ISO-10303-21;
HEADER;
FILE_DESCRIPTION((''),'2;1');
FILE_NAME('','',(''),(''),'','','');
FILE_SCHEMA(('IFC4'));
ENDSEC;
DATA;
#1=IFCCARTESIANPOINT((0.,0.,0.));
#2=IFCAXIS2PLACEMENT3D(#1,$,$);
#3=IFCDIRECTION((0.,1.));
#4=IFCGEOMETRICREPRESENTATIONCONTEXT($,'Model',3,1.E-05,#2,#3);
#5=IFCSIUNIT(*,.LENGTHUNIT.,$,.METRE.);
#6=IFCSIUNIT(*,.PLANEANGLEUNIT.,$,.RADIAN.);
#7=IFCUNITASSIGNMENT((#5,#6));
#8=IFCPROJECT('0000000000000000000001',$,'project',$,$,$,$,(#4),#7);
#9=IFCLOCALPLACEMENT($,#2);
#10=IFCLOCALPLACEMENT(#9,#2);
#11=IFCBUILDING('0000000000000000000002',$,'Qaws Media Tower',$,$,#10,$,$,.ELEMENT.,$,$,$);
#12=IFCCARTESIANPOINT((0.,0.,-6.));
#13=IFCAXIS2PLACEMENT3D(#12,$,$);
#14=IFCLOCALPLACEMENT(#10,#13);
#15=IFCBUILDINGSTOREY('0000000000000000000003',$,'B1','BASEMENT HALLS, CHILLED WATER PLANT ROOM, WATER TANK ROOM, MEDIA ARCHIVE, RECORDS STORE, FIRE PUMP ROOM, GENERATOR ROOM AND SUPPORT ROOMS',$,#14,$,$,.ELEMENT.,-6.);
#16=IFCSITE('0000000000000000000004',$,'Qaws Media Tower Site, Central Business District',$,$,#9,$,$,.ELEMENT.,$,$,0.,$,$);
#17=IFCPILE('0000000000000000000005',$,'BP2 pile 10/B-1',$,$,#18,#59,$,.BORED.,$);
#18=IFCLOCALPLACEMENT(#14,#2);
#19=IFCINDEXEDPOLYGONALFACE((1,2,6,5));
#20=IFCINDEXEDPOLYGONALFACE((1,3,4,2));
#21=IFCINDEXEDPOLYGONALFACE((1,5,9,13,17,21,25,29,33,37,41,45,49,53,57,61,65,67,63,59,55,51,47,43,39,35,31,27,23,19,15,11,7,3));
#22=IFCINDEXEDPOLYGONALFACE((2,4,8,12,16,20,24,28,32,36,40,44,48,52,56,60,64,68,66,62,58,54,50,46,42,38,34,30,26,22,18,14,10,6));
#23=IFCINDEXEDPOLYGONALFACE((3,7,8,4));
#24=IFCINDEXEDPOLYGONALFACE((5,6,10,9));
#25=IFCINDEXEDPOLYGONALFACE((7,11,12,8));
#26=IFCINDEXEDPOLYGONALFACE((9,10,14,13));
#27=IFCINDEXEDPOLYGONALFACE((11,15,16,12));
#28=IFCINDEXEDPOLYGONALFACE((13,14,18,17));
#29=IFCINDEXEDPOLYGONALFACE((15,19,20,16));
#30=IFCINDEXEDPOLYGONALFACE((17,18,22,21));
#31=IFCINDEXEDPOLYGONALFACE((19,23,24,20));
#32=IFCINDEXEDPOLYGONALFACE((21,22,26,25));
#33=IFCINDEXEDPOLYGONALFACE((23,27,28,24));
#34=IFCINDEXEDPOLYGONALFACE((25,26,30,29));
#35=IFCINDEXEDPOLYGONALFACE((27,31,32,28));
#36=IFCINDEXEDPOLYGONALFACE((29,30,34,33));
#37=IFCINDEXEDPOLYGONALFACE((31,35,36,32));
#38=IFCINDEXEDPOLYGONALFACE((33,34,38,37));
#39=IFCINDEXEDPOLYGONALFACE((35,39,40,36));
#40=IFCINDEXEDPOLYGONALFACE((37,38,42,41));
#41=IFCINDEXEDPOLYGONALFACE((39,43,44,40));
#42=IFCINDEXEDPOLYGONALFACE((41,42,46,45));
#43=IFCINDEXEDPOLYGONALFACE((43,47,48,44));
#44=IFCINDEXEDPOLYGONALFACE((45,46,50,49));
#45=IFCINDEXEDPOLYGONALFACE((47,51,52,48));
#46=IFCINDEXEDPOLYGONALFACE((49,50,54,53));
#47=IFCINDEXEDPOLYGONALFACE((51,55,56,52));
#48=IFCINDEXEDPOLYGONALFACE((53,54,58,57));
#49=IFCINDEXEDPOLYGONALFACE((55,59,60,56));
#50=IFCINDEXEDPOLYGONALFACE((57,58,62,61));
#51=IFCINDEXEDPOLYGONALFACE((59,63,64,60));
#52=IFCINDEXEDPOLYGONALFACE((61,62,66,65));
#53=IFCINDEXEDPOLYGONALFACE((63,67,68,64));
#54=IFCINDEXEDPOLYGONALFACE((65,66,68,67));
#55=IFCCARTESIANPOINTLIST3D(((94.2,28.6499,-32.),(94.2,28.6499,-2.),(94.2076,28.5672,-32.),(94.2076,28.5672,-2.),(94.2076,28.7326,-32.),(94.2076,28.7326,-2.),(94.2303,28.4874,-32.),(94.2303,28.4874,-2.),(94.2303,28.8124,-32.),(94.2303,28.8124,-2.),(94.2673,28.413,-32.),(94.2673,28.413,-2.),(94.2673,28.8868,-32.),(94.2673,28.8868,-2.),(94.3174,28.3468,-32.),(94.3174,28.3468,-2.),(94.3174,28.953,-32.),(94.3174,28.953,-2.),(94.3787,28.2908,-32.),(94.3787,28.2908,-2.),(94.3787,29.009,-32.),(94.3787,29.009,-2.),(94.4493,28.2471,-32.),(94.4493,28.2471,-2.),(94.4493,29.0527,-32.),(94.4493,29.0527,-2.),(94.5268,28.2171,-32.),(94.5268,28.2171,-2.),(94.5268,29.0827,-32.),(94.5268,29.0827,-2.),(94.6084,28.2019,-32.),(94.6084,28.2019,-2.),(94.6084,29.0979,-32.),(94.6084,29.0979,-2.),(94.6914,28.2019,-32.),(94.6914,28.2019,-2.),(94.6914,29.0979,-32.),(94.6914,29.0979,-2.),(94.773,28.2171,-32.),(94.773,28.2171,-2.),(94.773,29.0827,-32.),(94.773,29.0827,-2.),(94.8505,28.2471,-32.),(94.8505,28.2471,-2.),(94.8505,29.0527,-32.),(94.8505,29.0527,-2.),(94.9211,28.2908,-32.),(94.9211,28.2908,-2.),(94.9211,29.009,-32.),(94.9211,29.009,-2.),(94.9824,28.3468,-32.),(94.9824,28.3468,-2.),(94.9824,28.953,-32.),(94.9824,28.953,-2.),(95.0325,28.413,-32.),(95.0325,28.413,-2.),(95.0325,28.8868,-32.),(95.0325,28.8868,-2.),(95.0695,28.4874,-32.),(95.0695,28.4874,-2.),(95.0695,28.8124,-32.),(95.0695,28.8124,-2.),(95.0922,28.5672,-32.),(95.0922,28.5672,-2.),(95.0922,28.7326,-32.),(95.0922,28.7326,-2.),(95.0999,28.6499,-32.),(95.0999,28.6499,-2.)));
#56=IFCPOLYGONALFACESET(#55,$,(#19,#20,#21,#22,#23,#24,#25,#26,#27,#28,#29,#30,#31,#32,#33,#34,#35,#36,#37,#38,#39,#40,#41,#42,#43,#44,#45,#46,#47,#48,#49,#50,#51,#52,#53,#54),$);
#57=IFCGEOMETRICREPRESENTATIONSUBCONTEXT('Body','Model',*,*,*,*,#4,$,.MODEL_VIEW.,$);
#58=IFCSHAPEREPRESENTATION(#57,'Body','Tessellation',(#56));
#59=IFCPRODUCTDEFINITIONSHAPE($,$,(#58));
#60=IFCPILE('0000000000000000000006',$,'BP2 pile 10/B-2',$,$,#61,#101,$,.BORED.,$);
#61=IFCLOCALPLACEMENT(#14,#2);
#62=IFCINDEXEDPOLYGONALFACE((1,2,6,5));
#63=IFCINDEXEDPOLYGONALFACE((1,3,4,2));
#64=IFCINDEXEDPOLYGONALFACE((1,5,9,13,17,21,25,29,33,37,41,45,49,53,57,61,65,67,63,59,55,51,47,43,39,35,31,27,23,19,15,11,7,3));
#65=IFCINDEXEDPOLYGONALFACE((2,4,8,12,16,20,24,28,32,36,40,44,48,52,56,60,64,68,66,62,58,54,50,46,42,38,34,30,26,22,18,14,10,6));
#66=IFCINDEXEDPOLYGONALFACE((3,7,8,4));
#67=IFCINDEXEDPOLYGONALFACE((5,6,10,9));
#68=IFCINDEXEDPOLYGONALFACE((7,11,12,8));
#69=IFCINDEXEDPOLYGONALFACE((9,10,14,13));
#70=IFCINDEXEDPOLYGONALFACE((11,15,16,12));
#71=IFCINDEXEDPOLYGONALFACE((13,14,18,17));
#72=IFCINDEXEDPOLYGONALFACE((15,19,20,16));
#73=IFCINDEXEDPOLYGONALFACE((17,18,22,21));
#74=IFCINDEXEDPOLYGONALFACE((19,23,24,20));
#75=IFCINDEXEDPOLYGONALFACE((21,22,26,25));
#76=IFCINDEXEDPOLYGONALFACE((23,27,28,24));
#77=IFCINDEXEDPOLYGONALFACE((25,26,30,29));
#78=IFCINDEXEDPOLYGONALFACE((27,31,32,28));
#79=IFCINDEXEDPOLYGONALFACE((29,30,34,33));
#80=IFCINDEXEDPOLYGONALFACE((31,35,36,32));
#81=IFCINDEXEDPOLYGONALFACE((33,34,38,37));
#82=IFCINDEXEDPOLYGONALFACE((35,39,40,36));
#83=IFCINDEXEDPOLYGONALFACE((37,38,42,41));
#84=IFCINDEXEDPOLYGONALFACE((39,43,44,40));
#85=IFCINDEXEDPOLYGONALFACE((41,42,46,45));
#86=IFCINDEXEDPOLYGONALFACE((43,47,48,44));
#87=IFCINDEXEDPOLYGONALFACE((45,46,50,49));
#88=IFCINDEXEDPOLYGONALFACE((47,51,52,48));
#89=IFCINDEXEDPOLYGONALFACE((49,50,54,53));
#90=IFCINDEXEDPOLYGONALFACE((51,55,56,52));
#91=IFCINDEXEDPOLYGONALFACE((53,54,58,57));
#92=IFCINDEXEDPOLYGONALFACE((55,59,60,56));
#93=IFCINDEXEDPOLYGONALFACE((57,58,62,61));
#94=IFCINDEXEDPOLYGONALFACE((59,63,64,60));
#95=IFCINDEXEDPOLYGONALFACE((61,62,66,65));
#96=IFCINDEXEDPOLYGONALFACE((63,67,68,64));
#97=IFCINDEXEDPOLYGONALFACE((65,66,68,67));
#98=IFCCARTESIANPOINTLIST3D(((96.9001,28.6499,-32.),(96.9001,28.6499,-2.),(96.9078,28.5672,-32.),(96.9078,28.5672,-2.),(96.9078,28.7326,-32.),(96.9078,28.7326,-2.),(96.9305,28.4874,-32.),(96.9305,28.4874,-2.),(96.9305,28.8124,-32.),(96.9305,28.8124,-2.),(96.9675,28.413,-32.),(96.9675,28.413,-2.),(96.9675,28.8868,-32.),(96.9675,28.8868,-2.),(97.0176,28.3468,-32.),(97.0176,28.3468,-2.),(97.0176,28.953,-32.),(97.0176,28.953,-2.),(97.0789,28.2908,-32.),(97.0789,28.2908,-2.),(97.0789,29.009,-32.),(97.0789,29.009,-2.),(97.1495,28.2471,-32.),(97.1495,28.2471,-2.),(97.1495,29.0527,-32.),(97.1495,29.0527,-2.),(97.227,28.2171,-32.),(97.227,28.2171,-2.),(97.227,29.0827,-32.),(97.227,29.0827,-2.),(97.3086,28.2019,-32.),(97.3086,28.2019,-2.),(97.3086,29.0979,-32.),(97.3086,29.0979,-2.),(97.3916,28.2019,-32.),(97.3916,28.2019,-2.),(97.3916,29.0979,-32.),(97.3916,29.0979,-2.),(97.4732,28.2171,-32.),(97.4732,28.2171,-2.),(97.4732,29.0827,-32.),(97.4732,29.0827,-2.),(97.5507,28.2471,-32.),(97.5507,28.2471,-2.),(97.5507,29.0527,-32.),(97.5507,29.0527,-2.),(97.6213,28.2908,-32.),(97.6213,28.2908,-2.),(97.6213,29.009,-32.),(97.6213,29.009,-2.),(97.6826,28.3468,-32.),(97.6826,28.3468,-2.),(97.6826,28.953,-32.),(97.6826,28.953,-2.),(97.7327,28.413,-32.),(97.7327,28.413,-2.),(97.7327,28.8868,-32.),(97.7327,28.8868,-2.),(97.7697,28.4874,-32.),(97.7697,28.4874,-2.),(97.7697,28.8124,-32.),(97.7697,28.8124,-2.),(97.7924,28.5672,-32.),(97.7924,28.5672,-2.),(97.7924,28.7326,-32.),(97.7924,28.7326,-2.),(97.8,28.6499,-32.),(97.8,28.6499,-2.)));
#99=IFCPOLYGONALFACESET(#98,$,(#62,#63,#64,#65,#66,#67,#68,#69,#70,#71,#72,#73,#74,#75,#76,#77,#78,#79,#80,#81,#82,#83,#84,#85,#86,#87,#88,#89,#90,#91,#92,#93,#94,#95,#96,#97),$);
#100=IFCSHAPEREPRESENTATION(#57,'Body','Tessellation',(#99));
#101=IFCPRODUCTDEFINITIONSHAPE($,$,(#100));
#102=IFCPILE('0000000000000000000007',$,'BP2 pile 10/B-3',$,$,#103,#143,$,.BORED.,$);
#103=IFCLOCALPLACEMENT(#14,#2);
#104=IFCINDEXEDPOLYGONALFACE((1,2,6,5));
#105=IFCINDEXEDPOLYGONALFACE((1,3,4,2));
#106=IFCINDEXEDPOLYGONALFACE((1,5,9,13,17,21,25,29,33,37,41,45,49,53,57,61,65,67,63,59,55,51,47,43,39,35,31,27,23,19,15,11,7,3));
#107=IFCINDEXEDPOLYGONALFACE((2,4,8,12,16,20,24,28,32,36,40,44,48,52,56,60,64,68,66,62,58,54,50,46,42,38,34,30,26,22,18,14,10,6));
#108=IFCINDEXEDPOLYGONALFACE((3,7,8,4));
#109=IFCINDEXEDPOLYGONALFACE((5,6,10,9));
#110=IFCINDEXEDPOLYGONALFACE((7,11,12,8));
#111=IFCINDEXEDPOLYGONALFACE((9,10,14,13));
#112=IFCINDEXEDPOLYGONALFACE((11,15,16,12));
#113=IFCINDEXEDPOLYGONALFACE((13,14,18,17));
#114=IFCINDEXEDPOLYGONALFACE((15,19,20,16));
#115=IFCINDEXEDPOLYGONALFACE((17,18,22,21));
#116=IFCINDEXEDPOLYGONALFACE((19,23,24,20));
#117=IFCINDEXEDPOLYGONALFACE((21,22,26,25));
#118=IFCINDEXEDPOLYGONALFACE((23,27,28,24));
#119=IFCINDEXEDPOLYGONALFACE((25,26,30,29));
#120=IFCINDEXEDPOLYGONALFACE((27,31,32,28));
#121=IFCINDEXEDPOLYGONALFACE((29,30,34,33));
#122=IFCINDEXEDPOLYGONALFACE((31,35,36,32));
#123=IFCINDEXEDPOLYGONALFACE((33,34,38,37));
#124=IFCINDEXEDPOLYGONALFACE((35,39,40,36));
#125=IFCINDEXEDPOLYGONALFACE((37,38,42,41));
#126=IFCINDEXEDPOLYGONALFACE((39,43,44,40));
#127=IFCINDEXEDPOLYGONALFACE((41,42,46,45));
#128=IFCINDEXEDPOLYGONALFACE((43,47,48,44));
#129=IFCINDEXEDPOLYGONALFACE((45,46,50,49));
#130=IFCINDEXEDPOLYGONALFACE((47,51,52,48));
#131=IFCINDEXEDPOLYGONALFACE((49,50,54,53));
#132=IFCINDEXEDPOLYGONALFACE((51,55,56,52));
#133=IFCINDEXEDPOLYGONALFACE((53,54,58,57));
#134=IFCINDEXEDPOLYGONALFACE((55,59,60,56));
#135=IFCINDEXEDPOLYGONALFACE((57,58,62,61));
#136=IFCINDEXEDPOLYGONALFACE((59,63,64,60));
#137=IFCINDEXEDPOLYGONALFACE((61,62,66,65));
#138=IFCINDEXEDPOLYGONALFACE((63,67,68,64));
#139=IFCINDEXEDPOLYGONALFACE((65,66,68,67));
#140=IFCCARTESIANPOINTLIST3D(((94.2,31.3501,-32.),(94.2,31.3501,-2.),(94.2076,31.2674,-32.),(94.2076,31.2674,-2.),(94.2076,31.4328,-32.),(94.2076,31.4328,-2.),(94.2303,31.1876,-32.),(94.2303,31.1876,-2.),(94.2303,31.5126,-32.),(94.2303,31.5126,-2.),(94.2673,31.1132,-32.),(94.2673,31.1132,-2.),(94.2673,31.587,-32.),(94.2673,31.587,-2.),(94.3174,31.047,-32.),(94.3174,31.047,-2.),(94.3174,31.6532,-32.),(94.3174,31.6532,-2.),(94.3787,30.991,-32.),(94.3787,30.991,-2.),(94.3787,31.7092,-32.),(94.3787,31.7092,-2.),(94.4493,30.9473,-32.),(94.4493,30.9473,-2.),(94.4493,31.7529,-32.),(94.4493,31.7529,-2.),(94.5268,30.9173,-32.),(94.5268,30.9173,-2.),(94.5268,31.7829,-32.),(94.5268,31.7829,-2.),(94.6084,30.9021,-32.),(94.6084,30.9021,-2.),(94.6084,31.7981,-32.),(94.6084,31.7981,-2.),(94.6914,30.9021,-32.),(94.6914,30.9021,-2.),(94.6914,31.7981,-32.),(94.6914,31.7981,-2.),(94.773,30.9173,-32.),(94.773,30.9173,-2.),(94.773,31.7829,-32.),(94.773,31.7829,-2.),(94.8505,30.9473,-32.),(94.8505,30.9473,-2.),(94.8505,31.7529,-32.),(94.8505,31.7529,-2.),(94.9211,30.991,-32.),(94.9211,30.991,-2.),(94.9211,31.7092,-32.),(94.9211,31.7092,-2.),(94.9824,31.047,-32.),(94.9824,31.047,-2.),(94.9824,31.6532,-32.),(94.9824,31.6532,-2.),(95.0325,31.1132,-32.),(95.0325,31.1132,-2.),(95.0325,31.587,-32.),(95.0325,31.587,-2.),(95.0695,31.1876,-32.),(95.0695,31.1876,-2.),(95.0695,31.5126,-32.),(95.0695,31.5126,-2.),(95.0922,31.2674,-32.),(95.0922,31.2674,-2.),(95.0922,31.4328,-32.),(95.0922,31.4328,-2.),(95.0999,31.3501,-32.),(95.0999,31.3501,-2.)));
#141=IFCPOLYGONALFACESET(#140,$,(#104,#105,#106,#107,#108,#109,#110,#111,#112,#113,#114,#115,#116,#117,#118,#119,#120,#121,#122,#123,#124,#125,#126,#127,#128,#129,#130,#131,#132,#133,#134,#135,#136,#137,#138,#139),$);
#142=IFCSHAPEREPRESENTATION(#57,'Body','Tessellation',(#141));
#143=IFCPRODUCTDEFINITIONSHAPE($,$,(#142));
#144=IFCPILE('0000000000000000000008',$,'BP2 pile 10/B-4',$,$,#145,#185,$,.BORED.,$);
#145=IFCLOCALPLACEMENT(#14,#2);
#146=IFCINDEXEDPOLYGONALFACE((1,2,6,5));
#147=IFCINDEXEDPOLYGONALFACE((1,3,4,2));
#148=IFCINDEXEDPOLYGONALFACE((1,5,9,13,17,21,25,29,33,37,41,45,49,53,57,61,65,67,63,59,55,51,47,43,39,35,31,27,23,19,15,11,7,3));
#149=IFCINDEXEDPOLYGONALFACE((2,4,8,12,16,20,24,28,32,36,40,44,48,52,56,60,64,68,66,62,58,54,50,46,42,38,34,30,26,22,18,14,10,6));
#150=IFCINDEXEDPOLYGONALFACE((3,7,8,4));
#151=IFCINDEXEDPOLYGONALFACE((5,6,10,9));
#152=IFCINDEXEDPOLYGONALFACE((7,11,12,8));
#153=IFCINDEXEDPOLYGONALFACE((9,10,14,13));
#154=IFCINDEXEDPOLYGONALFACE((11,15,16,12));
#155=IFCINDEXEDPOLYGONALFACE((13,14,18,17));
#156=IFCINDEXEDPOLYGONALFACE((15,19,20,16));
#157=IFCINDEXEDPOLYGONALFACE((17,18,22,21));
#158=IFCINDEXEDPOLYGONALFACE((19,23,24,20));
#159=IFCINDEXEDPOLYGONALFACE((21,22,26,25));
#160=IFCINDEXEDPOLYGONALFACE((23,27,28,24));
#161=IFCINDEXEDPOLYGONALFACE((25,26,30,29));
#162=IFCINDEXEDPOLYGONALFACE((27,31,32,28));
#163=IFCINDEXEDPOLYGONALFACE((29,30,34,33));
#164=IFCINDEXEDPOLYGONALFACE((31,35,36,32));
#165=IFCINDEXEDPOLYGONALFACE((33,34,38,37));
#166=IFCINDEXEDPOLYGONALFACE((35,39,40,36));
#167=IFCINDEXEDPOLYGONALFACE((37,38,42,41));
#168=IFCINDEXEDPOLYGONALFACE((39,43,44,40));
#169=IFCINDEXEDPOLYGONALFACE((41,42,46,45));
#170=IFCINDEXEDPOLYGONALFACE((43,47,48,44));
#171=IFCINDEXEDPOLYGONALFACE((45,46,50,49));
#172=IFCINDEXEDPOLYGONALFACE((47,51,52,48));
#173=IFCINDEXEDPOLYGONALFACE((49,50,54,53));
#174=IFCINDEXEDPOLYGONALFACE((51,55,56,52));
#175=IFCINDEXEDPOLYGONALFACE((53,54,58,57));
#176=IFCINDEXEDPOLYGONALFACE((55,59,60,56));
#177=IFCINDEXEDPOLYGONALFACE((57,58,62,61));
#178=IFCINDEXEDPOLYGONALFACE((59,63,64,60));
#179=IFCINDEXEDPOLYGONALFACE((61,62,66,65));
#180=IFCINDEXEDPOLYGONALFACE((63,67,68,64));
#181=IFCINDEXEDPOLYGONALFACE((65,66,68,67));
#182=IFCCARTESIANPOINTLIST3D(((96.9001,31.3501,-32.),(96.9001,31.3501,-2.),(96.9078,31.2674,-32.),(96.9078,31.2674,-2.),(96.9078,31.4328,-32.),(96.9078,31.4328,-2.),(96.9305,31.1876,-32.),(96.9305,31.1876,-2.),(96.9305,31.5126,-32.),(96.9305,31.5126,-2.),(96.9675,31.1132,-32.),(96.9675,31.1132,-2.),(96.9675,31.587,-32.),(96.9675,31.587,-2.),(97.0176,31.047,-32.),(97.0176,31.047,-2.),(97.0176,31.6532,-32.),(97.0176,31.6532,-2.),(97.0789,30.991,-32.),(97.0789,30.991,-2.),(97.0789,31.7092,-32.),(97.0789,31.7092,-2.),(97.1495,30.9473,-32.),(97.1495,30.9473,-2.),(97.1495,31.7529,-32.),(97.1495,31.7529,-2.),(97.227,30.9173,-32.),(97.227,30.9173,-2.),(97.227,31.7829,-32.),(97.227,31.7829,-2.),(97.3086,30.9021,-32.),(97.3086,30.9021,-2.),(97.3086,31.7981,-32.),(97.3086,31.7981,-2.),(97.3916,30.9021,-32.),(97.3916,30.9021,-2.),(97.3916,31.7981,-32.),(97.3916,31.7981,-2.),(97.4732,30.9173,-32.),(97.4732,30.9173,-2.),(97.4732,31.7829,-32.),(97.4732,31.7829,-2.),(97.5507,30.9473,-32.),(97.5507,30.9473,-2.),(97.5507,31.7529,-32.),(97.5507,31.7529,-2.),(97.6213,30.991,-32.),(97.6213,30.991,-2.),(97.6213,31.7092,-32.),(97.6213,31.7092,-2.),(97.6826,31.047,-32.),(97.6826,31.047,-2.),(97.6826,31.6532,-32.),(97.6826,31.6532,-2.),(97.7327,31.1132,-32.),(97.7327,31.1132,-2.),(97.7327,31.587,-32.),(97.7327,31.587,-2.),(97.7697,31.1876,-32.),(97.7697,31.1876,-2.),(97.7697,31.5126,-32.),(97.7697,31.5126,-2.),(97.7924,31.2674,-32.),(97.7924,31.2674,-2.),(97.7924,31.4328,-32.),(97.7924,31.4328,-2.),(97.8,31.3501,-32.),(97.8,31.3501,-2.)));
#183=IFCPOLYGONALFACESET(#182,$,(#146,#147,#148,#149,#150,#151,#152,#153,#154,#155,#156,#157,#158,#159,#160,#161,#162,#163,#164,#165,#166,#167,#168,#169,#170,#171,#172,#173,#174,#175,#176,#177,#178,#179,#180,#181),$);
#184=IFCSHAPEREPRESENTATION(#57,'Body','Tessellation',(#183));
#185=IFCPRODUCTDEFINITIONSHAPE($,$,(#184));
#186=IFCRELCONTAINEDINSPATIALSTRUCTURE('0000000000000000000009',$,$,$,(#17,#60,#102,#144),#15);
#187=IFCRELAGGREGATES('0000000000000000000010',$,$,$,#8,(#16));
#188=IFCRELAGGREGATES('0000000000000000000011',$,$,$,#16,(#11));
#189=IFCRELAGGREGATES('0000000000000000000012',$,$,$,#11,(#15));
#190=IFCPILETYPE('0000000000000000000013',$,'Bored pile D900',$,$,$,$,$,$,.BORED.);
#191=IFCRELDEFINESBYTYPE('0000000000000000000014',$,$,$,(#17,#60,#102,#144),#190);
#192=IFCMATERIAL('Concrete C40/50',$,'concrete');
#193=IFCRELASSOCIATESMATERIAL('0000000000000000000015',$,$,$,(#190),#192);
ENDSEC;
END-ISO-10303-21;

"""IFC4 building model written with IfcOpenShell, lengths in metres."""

from ifc_helpers import new_model, si_unit, direction, frame, origin, origin_2d, place, context, subcontext, project, spatial, circle, extrude, material, material_profile, profile_set, type_object, element, save


model = new_model("IFC4")

# Units and contexts
model_context = context("Model", 3, precision=1e-05, world=origin(), true_north=direction((0.0, 1.0)))
body_context = subcontext(model_context, "Body", "Model", "MODEL_VIEW")
ifc_project = project(units=[si_unit("LENGTHUNIT", "METRE"), si_unit("PLANEANGLEUNIT", "RADIAN")], contexts=[model_context])

# Site, building, storey
site_placement = place(None, origin())
site = spatial("IfcSite", under=ifc_project, at=site_placement, Name="Qaws Media Tower Site, Central Business District", CompositionType="ELEMENT", RefElevation=0.0)
building_placement = place(site_placement, origin())
building = spatial("IfcBuilding", under=site, at=building_placement, Name="Qaws Media Tower", CompositionType="ELEMENT")
storey_placement = place(building_placement, frame((0.0, 0.0, -6.0)))
storey = spatial("IfcBuildingStorey", under=building, at=storey_placement, Name="B1", Description="BASEMENT HALLS, CHILLED WATER PLANT ROOM, WATER TANK ROOM, MEDIA ARCHIVE, RECORDS STORE, FIRE PUMP ROOM, GENERATOR ROOM AND SUPPORT ROOMS", CompositionType="ELEMENT", Elevation=-6.0)

# Piles
ifc_material_1 = material(Name="Concrete C40/50", Category="concrete")
ifc_material_profile_1 = material_profile(ifc_material_1, circle(Radius=0.45, at=origin_2d()), Name="D900")
ifc_profile_set_1 = profile_set([ifc_material_profile_1], Name="Concrete C40/50")
pile_type = type_object("IfcPileType", Name="Bored pile D900", PredefinedType="BORED", material=ifc_profile_set_1)
for number, where, z_axis, x_axis, name in (
    (1, (94.6499, 28.6499, -2.0), (0.0, 0.0, -1.0), (1.0, 0.0, 0.0), "BP2 pile 10/B-1"),
    (2, (97.3501, 28.6499, -2.0), (0.0, 0.0, -1.0), (1.0, 0.0, 0.0), "BP2 pile 10/B-2"),
    (3, (94.6499, 31.3501, -2.0), (0.0, 0.0, -1.0), (1.0, 0.0, 0.0), "BP2 pile 10/B-3"),
    (4, (97.3501, 31.3501, -2.0), (0.0, 0.0, -1.0), (1.0, 0.0, 0.0), "BP2 pile 10/B-4"),
):
    element("IfcPile", number, at=place(storey_placement, frame(where, z_axis=z_axis, x_axis=x_axis)), inside=storey, type_object=pile_type, Name=name, PredefinedType="BORED", context=body_context, shape_type="SweptSolid", body=[
        extrude(circle(Radius=0.45, at=origin_2d()), origin(), (0.0, 0.0, 1.0), 30.0),
    ])

save(model, "model.ifc")
